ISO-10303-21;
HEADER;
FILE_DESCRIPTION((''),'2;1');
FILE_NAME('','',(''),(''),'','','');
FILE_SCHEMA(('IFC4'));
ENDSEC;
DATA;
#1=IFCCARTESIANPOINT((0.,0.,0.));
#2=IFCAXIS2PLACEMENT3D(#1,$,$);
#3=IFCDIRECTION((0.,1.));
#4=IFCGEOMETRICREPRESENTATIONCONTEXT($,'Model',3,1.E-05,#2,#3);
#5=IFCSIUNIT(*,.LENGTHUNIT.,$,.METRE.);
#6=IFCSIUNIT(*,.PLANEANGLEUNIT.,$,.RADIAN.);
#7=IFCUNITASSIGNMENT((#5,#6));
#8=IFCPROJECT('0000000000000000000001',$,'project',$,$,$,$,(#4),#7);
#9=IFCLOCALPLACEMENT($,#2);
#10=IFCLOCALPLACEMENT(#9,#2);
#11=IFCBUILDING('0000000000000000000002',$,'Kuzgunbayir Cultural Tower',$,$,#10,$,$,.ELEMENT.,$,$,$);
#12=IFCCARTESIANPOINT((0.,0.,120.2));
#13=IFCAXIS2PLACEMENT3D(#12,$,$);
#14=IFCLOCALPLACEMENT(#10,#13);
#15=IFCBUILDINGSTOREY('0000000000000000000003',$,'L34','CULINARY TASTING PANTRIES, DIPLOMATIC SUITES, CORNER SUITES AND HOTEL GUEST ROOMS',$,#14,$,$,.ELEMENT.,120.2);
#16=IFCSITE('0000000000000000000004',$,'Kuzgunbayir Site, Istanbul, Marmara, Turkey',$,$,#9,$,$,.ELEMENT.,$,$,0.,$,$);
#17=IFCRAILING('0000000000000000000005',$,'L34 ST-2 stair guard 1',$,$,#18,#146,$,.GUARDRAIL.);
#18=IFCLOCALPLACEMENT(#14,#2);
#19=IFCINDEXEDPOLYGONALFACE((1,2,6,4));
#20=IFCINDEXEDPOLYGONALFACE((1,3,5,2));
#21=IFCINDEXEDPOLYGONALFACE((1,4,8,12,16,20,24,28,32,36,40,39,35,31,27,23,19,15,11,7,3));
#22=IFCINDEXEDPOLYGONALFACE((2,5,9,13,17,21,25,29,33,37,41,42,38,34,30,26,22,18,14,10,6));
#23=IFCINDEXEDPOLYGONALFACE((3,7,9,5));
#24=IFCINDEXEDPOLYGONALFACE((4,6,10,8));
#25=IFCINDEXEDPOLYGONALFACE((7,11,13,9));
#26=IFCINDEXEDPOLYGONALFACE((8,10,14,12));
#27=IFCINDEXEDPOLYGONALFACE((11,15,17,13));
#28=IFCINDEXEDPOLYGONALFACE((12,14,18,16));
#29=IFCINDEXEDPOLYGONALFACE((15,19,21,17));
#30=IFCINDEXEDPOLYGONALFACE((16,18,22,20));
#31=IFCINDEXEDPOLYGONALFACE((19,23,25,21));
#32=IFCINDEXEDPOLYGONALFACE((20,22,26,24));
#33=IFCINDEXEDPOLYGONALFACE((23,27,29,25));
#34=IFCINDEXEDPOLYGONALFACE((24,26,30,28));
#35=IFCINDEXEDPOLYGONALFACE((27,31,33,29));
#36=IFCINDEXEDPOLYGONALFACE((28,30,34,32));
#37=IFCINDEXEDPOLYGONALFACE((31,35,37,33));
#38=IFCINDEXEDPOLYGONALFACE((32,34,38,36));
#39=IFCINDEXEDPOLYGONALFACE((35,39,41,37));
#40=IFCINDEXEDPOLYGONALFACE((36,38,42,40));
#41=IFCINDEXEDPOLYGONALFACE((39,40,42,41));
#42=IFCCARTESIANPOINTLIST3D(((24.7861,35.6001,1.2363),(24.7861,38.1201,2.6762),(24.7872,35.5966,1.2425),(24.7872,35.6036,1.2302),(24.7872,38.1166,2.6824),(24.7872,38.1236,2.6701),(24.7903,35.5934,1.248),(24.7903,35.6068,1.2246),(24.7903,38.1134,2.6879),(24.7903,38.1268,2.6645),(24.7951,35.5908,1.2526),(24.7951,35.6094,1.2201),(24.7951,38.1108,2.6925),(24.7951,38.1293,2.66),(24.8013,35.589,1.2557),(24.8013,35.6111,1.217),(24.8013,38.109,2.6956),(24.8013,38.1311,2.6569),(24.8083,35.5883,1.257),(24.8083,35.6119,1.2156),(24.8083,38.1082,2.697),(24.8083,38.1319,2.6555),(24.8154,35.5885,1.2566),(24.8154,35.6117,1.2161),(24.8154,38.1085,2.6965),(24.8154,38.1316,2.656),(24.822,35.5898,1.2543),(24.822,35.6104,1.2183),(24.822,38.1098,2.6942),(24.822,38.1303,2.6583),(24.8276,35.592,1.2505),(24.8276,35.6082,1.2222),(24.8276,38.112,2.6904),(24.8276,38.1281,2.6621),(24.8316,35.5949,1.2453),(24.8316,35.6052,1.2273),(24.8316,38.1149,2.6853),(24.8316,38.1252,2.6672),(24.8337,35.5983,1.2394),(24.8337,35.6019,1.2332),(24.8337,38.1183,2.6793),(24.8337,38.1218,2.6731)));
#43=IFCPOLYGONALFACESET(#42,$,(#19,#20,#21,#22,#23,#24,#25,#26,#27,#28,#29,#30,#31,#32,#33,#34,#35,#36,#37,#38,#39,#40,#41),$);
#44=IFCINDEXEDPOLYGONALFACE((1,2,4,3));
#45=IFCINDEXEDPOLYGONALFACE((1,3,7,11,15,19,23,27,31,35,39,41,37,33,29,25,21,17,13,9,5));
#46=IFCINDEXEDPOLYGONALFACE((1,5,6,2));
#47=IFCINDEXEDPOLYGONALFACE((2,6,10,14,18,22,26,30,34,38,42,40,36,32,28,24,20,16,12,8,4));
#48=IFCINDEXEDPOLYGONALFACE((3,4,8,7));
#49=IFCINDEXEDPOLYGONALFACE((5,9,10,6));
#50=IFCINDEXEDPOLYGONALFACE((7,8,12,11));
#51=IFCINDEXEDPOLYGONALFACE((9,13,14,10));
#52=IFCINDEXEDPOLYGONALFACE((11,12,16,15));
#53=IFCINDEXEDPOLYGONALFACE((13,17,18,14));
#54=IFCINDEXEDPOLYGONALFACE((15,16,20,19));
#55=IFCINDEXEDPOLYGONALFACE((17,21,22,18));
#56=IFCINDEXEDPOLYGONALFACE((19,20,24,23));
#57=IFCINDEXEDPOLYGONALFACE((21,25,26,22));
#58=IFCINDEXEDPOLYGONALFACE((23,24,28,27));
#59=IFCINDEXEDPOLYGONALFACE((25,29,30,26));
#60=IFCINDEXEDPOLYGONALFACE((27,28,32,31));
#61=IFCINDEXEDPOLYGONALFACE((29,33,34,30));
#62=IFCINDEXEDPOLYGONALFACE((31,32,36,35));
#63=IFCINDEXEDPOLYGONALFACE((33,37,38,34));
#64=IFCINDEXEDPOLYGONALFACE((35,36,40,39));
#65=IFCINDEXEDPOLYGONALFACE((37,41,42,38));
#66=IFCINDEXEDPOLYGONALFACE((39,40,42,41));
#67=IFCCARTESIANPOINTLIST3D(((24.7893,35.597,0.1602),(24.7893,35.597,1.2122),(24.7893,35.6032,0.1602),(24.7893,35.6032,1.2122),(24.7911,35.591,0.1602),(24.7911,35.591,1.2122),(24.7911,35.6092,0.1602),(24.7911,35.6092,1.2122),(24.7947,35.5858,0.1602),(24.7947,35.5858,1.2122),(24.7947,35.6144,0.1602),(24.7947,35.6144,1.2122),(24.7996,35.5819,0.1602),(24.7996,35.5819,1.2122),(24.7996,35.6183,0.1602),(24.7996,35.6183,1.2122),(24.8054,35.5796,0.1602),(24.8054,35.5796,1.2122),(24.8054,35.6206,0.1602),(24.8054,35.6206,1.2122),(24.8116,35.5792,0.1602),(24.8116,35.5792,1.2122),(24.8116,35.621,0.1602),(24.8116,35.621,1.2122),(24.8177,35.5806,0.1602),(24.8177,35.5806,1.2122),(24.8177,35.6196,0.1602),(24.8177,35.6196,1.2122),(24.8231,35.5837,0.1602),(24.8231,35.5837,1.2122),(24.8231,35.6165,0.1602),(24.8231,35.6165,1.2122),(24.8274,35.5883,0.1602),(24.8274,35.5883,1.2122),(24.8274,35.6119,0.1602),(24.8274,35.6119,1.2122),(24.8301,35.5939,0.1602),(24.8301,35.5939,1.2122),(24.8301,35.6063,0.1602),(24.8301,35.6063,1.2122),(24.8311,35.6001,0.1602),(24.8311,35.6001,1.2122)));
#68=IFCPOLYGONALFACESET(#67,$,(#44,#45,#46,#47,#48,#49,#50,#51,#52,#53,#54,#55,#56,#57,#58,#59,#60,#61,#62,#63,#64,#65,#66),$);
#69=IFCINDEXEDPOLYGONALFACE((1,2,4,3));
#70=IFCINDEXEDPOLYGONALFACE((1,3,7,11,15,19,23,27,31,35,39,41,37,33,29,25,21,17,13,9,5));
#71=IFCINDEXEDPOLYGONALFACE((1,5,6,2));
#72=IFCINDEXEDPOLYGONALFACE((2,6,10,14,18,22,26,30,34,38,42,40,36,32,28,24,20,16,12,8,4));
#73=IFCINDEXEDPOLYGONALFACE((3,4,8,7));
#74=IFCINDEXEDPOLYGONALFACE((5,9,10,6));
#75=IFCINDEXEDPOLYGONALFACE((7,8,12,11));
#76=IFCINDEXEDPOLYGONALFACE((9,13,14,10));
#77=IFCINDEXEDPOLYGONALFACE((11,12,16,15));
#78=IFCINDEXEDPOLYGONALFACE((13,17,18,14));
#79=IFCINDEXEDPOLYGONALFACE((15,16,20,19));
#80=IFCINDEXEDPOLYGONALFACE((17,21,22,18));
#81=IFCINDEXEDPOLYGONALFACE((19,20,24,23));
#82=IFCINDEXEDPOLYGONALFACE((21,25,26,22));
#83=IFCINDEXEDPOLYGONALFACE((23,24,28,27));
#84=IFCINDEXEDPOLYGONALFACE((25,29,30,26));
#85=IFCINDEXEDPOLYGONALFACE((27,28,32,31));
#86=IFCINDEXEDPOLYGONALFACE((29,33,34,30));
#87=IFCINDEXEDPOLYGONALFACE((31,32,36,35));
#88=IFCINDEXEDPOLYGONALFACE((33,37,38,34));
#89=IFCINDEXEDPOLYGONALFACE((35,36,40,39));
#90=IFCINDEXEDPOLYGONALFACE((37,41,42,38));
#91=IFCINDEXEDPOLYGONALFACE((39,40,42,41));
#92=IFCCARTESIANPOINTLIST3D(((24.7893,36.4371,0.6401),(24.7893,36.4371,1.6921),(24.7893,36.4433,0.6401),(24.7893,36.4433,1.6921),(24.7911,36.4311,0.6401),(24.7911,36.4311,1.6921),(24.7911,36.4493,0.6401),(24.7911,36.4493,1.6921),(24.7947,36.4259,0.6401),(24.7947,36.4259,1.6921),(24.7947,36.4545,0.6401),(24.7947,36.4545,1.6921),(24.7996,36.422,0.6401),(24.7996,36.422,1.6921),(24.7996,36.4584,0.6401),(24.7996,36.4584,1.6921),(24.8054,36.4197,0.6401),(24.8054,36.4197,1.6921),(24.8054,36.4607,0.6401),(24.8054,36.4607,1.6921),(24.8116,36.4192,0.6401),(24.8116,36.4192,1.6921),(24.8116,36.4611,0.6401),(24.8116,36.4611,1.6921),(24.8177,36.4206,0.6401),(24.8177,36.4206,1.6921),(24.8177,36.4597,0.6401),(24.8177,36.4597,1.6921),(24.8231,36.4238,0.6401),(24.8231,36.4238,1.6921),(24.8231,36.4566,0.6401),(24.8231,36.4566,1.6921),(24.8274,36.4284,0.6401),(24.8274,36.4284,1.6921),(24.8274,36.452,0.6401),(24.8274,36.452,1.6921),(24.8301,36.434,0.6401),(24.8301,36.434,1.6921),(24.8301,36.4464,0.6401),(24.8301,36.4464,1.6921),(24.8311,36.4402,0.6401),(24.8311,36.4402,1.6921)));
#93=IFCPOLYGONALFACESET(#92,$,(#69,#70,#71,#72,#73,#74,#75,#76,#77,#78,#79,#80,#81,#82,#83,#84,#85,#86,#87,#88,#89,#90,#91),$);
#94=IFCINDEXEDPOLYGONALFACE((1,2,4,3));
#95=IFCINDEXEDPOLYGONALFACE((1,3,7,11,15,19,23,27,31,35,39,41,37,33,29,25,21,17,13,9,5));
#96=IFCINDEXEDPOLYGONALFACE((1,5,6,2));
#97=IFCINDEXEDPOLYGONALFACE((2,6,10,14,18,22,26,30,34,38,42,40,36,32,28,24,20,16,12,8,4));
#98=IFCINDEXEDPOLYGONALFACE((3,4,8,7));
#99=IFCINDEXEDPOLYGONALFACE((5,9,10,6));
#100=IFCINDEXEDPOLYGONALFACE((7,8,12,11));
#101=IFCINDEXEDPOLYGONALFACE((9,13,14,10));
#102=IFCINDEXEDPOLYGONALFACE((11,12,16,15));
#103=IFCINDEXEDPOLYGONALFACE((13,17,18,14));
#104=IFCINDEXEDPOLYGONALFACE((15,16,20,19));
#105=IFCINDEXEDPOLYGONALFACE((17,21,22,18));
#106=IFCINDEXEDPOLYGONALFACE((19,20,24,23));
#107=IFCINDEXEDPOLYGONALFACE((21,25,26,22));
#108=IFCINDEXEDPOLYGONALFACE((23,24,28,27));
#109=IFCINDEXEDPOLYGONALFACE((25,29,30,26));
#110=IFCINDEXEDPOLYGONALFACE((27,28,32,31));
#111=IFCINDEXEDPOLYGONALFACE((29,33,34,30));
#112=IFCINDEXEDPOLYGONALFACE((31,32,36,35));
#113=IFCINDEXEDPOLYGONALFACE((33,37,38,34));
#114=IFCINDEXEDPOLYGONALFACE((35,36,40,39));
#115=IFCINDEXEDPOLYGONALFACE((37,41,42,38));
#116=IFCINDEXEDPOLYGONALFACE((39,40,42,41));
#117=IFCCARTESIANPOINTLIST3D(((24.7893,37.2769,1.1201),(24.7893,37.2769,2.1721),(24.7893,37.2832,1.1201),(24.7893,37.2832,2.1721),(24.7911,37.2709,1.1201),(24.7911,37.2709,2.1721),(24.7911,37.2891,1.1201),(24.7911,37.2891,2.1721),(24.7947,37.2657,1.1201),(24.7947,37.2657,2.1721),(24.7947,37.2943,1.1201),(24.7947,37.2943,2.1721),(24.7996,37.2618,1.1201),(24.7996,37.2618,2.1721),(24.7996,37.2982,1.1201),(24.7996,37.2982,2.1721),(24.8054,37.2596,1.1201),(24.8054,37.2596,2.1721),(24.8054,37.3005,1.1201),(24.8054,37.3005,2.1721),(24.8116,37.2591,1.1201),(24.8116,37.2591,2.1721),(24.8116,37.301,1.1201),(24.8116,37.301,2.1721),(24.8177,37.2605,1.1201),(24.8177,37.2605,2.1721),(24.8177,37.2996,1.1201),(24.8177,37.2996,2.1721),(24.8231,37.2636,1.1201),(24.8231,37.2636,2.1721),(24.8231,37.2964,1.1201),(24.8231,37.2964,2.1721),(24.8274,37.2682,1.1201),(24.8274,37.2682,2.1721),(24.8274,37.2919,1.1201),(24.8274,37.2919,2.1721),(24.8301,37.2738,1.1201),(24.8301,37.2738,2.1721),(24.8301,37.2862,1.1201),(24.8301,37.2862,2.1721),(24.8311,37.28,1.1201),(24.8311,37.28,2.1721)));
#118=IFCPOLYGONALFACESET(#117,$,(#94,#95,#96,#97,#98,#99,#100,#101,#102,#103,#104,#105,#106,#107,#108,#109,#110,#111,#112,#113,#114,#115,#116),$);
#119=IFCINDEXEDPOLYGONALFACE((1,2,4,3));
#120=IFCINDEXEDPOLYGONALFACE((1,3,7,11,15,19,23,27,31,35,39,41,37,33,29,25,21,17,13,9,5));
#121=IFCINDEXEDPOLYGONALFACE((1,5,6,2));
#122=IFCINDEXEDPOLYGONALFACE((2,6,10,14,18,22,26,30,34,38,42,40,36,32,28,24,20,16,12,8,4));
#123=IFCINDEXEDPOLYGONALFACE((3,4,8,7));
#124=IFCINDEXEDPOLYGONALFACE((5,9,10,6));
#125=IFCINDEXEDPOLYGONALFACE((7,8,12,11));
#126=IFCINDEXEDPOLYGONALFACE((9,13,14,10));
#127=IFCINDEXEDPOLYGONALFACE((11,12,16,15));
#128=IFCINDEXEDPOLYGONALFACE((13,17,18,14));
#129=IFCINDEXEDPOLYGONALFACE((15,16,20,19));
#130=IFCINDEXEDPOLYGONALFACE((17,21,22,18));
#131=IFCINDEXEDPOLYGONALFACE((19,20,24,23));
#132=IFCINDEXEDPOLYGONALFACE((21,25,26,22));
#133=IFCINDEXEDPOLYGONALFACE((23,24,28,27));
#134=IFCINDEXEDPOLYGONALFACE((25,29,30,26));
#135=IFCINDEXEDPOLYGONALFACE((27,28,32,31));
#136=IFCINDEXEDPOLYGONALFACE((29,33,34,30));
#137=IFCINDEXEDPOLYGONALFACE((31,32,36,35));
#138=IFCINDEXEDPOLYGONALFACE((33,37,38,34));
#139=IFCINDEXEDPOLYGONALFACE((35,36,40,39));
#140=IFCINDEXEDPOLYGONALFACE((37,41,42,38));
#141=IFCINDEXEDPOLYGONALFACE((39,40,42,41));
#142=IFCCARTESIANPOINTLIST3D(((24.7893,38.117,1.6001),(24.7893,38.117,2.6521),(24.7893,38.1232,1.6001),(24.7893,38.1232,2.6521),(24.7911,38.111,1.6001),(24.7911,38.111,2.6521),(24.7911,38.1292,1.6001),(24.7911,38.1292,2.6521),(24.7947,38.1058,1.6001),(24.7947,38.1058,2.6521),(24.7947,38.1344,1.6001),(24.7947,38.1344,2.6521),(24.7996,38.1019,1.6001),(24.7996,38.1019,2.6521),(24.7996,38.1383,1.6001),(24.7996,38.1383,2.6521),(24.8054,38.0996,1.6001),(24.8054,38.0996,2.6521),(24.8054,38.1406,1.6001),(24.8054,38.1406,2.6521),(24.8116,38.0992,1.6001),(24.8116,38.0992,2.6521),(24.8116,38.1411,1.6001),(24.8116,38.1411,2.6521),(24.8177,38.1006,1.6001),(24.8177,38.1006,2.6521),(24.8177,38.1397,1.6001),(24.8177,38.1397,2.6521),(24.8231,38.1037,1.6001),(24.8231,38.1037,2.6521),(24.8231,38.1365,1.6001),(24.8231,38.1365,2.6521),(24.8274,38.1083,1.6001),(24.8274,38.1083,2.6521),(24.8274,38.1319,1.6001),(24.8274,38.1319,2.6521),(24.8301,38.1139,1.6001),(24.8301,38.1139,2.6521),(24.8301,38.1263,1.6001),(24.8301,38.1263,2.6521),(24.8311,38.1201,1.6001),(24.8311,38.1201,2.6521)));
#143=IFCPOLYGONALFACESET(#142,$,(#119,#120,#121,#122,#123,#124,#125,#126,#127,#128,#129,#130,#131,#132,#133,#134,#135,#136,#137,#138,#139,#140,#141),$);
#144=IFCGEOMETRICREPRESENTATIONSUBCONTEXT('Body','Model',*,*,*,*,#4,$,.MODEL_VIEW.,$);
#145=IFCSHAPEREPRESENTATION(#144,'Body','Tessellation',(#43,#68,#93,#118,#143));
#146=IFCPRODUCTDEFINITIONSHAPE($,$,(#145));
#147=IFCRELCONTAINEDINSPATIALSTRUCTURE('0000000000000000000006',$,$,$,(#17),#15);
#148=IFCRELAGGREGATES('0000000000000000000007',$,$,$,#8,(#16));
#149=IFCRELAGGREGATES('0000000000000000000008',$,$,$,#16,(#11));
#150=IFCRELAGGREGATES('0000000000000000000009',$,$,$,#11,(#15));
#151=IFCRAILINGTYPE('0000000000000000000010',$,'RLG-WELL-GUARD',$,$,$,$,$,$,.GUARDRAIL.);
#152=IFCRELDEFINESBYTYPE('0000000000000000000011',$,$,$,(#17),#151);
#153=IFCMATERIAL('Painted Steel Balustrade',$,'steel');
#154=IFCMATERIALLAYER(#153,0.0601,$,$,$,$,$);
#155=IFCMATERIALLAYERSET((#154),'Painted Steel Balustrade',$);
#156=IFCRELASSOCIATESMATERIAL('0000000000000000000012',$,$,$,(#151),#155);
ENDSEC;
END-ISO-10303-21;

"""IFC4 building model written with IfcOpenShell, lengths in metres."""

from ifc_helpers import new_model, si_unit, direction, frame, origin, origin_2d, place, context, subcontext, project, spatial, circle, extrude, material, layer, layer_set, type_object, element, save


model = new_model("IFC4")

# Units and contexts
model_context = context("Model", 3, precision=1e-05, world=origin(), true_north=direction((0.0, 1.0)))
body_context = subcontext(model_context, "Body", "Model", "MODEL_VIEW")
ifc_project = project(units=[si_unit("LENGTHUNIT", "METRE"), si_unit("PLANEANGLEUNIT", "RADIAN")], contexts=[model_context])

# Site, building, storey
site_placement = place(None, origin())
site = spatial("IfcSite", under=ifc_project, at=site_placement, Name="Kuzgunbayir Site, Istanbul, Marmara, Turkey", CompositionType="ELEMENT", RefElevation=0.0)
building_placement = place(site_placement, origin())
building = spatial("IfcBuilding", under=site, at=building_placement, Name="Kuzgunbayir Cultural Tower", CompositionType="ELEMENT")
storey_placement = place(building_placement, frame((0.0, 0.0, 120.2)))
storey = spatial("IfcBuildingStorey", under=building, at=storey_placement, Name="L34", Description="CULINARY TASTING PANTRIES, DIPLOMATIC SUITES, CORNER SUITES AND HOTEL GUEST ROOMS", CompositionType="ELEMENT", Elevation=120.2)

# Railing
ifc_material_1 = material(Name="Painted Steel Balustrade", Category="steel")
ifc_layer_1 = layer(ifc_material_1, 0.0601)
ifc_layer_set_1 = layer_set([ifc_layer_1], Name="Painted Steel Balustrade")
railing_type_1 = type_object("IfcRailingType", Name="RLG-WELL-GUARD", PredefinedType="GUARDRAIL", material=ifc_layer_set_1)
railing_1_placement = place(storey_placement, frame((24.8101, 35.6001, 0.1602)))
element("IfcRailing", 1, at=railing_1_placement, inside=storey, type_object=railing_type_1, Name="L34 ST-2 stair guard 1", PredefinedType="GUARDRAIL", context=body_context, shape_type="SweptSolid", body=[
    extrude(circle(Radius=0.0239, at=origin_2d()), frame((0.0, 0.0, 1.0762), z_axis=(0.0, 0.868253, 0.496121), x_axis=(-1.0, 0.0, 0.0)), (0.0, 0.0, 1.0), 2.9023),
    extrude(circle(Radius=0.021, at=origin_2d()), origin(), (0.0, 0.0, 1.0), 1.052),
    extrude(circle(Radius=0.021, at=origin_2d()), frame((0.0, 0.8401, 0.48)), (0.0, 0.0, 1.0), 1.052),
    extrude(circle(Radius=0.021, at=origin_2d()), frame((0.0, 1.6799, 0.96)), (0.0, 0.0, 1.0), 1.052),
    extrude(circle(Radius=0.021, at=origin_2d()), frame((0.0, 2.52, 1.4399)), (0.0, 0.0, 1.0), 1.052),
])

save(model, "model.ifc")
